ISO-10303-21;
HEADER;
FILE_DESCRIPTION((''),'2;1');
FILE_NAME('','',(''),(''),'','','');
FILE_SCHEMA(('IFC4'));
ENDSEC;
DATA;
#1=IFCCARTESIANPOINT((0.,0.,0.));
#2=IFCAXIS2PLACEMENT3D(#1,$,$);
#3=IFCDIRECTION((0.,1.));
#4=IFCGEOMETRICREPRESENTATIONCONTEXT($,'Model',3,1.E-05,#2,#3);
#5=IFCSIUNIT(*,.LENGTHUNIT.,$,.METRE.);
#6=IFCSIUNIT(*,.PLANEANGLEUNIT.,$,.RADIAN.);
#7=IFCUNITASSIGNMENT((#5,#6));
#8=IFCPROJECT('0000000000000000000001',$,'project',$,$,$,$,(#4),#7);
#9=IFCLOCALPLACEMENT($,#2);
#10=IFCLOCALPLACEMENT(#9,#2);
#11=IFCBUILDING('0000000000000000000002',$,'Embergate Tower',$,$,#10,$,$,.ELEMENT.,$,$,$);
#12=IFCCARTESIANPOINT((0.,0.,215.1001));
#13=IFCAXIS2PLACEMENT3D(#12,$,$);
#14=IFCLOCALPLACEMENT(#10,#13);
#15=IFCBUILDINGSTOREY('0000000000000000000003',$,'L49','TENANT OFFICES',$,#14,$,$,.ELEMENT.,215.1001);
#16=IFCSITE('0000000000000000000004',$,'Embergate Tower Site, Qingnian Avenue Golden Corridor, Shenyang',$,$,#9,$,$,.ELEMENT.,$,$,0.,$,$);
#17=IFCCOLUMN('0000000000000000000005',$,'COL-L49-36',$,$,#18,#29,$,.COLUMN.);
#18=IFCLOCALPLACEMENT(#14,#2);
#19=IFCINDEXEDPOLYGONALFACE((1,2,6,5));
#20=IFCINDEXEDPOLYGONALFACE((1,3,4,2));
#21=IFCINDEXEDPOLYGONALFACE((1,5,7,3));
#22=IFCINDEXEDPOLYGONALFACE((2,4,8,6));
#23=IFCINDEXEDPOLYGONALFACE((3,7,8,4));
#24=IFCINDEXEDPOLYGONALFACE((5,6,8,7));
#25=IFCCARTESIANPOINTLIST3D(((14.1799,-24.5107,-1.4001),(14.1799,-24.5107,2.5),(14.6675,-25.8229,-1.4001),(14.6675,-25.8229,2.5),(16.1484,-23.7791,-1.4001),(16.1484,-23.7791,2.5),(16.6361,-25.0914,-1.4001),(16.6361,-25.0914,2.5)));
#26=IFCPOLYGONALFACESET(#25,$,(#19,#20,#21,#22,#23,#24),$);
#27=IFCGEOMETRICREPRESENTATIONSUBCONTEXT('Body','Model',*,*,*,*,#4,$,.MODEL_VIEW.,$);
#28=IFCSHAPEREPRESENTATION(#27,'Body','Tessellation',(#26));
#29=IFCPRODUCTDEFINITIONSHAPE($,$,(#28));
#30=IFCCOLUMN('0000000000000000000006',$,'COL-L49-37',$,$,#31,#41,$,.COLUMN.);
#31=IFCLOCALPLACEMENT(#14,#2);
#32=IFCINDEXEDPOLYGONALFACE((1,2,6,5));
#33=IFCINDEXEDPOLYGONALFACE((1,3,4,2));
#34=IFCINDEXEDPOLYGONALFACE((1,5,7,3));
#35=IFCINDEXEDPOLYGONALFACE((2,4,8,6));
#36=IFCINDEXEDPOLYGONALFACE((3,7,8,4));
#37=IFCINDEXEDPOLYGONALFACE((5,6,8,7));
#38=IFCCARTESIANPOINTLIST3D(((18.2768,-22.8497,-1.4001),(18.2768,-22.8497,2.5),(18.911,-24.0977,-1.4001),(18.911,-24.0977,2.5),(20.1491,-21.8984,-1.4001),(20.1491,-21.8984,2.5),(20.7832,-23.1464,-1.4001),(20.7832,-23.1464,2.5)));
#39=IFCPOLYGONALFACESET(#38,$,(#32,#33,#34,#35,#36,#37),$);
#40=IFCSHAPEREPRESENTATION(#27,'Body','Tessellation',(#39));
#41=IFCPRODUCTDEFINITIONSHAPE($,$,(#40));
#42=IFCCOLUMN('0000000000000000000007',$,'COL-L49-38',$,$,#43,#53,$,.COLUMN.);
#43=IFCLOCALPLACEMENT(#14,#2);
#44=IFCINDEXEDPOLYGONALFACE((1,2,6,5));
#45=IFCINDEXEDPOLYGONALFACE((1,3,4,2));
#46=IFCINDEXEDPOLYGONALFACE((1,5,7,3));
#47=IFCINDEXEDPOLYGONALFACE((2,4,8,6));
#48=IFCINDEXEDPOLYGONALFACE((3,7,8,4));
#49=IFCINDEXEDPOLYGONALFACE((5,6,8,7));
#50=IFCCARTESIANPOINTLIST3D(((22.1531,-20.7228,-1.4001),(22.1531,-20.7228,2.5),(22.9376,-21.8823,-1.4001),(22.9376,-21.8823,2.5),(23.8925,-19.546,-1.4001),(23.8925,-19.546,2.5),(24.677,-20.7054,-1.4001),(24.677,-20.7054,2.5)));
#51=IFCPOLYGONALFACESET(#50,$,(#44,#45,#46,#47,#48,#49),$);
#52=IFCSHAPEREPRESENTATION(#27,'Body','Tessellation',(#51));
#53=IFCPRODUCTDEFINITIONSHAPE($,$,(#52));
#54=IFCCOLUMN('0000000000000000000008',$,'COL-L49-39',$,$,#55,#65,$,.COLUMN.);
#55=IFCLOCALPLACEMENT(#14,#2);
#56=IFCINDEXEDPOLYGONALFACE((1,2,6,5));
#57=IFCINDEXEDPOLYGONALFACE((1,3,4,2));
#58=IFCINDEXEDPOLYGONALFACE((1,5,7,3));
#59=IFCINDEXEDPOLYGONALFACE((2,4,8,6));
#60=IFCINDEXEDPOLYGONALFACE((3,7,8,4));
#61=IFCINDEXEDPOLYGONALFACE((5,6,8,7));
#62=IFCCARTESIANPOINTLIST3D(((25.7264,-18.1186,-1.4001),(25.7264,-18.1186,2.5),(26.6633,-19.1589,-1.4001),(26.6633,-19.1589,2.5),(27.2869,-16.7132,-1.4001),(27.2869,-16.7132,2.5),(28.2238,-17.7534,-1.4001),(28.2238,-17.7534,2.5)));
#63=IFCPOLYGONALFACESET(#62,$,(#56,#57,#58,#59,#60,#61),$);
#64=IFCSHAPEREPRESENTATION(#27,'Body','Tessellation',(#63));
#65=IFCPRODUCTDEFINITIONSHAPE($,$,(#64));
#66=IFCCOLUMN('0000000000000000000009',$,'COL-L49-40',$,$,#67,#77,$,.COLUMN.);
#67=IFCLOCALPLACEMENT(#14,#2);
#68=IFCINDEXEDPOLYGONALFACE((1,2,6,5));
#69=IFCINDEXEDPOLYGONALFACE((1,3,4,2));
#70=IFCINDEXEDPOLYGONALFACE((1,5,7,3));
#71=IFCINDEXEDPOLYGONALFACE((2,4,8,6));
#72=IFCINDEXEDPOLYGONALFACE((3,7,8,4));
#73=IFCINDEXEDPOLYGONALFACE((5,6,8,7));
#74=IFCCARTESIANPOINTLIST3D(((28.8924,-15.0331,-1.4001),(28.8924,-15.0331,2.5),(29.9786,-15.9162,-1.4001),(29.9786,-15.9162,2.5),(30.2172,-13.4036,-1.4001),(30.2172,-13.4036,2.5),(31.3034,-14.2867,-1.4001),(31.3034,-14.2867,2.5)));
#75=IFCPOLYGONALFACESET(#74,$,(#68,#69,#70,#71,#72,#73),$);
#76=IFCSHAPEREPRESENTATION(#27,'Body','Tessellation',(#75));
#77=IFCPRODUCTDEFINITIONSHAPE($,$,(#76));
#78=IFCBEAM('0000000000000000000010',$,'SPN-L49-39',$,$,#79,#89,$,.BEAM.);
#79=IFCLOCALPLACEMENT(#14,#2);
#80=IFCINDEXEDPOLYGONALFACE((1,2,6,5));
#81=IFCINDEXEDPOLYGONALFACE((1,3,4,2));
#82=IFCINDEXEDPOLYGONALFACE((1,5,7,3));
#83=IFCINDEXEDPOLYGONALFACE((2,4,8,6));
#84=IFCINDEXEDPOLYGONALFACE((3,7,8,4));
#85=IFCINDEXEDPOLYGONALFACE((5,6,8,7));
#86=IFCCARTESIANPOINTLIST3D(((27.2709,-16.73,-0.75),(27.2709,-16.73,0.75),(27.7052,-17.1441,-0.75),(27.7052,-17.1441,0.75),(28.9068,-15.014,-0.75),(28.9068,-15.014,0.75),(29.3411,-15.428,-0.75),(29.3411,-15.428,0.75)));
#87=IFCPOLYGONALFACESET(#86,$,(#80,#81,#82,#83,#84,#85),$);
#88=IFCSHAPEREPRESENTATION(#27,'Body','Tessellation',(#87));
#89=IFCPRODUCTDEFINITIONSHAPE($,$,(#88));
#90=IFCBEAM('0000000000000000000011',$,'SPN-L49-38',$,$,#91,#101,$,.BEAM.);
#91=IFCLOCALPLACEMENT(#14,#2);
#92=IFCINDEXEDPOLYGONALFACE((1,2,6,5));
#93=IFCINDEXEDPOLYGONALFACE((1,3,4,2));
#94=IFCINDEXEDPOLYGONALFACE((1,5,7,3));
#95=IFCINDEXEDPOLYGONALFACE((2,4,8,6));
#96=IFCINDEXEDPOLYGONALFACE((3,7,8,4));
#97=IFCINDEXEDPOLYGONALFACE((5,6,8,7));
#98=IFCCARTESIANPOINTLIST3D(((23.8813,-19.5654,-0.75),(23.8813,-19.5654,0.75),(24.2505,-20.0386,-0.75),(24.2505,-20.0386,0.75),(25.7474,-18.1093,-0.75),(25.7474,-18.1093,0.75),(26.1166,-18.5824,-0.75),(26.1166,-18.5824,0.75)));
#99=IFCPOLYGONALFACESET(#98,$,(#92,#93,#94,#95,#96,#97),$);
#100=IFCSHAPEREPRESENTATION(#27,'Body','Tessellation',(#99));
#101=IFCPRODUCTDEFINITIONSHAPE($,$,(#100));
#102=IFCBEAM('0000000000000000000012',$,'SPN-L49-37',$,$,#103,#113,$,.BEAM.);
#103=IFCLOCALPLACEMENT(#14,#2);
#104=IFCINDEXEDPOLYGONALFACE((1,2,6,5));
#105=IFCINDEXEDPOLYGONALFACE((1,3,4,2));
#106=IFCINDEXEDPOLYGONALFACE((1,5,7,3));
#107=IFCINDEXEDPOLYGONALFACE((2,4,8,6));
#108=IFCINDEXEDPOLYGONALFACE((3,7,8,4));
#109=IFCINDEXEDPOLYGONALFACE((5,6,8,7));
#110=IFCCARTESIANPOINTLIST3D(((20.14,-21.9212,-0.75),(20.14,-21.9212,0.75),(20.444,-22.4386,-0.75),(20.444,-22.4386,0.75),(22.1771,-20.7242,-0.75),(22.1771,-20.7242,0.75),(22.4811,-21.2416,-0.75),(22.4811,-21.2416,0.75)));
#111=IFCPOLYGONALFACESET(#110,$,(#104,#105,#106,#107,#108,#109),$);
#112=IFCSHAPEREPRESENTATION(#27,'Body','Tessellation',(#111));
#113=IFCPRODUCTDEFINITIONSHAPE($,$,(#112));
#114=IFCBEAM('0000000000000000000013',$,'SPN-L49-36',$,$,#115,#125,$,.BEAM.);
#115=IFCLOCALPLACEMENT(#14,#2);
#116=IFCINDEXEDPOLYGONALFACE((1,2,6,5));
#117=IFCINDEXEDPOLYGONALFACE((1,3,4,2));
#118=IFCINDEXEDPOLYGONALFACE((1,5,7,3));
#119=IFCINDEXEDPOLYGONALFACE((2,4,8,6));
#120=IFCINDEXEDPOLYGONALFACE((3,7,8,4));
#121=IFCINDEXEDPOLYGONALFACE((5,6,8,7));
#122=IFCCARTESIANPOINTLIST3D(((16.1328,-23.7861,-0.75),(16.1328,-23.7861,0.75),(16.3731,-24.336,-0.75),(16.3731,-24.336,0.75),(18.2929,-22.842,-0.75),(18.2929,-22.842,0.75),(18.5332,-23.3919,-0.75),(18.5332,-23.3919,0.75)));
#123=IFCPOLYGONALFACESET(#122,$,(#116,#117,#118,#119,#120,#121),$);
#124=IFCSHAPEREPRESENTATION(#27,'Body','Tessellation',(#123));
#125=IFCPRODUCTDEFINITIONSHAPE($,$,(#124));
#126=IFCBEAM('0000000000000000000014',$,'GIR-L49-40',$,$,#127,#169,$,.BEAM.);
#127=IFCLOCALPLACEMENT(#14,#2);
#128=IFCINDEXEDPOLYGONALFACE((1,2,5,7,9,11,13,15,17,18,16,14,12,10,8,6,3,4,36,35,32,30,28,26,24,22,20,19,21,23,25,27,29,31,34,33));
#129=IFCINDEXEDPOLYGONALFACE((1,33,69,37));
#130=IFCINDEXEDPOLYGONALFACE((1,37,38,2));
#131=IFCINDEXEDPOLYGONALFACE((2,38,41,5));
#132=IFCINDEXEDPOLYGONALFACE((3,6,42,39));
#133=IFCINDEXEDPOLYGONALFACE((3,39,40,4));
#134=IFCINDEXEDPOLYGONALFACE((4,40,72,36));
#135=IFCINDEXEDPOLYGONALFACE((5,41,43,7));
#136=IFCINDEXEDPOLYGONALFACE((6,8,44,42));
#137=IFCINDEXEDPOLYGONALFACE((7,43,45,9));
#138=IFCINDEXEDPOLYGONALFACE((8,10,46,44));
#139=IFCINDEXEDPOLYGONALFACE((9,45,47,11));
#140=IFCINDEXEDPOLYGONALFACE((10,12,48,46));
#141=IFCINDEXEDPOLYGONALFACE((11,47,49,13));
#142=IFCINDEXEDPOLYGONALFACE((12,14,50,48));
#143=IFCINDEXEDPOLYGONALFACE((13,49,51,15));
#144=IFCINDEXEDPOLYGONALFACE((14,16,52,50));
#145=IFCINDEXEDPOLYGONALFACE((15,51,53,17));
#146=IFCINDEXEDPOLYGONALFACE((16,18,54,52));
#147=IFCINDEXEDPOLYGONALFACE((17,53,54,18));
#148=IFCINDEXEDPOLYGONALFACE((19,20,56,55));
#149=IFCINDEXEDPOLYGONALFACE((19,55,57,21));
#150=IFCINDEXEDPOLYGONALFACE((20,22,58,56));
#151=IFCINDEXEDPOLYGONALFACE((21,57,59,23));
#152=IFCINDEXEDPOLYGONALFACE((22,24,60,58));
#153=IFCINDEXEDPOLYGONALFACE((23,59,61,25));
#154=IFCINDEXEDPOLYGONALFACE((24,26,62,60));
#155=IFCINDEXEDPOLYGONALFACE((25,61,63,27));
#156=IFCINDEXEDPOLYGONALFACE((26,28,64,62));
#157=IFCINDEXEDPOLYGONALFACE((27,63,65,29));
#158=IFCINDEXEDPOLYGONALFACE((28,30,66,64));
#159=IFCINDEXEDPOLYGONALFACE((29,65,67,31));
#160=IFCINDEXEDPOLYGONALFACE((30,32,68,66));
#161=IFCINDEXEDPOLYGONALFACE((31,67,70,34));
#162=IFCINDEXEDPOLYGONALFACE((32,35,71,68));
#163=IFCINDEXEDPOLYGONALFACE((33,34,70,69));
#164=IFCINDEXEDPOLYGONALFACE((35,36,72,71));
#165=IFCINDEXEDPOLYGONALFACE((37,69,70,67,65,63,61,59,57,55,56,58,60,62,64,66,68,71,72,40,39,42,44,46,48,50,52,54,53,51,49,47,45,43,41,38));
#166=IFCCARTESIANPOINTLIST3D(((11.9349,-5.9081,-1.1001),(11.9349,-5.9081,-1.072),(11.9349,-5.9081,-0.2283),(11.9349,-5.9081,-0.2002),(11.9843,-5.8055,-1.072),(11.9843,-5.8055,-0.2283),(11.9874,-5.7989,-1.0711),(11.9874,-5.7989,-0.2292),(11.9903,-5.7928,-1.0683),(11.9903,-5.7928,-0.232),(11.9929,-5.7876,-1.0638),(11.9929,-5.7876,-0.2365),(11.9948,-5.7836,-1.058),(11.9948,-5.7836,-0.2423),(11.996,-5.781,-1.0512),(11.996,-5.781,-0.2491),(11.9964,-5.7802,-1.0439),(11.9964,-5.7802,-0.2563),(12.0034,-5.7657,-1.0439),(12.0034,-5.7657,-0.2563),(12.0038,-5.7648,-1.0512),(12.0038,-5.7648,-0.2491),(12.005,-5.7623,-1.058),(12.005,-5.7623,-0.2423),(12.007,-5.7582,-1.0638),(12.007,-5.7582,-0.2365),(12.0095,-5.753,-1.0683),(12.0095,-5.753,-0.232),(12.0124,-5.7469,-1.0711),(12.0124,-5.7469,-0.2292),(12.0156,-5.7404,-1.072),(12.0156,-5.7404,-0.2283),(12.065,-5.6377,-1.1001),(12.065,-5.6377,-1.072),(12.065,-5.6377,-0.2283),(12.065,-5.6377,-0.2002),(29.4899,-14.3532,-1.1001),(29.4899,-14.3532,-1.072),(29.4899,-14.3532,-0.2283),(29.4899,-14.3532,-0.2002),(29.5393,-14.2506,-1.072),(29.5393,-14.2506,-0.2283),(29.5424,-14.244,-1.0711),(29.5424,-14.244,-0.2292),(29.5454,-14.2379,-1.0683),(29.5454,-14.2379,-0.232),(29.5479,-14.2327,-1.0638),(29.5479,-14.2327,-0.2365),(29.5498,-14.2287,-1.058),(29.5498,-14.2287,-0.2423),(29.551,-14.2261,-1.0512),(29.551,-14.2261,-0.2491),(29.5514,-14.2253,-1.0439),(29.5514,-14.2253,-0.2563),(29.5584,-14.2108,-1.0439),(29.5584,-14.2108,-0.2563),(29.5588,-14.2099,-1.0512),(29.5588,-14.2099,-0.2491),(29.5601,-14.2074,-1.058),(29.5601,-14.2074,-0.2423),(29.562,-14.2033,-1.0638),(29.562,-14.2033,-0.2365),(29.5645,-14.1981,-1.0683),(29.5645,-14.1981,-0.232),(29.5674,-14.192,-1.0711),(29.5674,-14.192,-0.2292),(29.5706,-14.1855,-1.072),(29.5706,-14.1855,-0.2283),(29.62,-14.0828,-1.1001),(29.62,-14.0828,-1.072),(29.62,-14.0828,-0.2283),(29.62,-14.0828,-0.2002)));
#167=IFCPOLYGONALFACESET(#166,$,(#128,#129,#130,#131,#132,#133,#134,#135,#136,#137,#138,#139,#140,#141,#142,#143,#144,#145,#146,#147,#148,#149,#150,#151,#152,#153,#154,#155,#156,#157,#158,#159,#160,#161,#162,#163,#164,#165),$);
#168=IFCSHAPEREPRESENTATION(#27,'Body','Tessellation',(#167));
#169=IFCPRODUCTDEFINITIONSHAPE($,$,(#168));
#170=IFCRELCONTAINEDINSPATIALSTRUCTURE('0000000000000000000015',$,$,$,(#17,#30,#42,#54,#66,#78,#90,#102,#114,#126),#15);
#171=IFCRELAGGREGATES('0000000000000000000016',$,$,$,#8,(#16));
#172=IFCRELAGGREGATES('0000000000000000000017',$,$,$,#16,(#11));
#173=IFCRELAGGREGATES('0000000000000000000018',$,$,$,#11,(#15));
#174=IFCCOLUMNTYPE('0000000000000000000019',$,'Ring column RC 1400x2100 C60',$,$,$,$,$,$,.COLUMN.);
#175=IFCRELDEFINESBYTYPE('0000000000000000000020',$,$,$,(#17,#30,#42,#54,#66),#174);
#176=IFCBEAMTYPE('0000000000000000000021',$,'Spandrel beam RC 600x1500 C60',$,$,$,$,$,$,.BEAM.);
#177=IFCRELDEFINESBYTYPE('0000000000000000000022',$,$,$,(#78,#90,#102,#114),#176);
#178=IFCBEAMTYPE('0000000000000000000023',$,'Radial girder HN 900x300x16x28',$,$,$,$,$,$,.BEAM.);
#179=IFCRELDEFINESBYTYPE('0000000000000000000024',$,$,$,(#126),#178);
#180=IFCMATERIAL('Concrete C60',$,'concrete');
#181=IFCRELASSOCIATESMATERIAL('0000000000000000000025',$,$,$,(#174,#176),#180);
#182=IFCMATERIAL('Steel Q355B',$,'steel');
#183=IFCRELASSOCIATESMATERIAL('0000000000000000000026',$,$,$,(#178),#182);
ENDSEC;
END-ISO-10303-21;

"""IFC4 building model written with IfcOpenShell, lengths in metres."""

from ifc_helpers import new_model, si_unit, direction, frame, origin, origin_2d, place, context, subcontext, project, spatial, rectangle, i_section, extrude, source, transform, mapped, material, material_profile, profile_set, type_object, element, save


model = new_model("IFC4")

# Units and contexts
model_context = context("Model", 3, precision=1e-05, world=origin(), true_north=direction((0.0, 1.0)))
body_context = subcontext(model_context, "Body", "Model", "MODEL_VIEW")
ifc_project = project(units=[si_unit("LENGTHUNIT", "METRE"), si_unit("PLANEANGLEUNIT", "RADIAN")], contexts=[model_context])

# Site, building, storey
site_placement = place(None, origin())
site = spatial("IfcSite", under=ifc_project, at=site_placement, Name="Embergate Tower Site, Qingnian Avenue Golden Corridor, Shenyang", CompositionType="ELEMENT", RefElevation=0.0)
building_placement = place(site_placement, origin())
building = spatial("IfcBuilding", under=site, at=building_placement, Name="Embergate Tower", CompositionType="ELEMENT")
storey_placement = place(building_placement, frame((0.0, 0.0, 215.1001)))
storey = spatial("IfcBuildingStorey", under=building, at=storey_placement, Name="L49", Description="TENANT OFFICES", CompositionType="ELEMENT", Elevation=215.1001)

# Columns
ifc_material_1 = material(Name="Concrete C60", Category="concrete")
ifc_material_profile_1 = material_profile(ifc_material_1, rectangle(XDim=1.3999, YDim=2.1001, at=origin_2d()), Name="RC 1400x2100")
ifc_profile_set_1 = profile_set([ifc_material_profile_1], Name="Concrete C60")
column_type = type_object("IfcColumnType", Name="Ring column RC 1400x2100 C60", PredefinedType="COLUMN", material=ifc_profile_set_1)
shared_shape_1 = source(origin(), body_context, "Body", "SweptSolid", [
    extrude(rectangle(XDim=1.3999, YDim=2.1001, at=origin_2d()), origin(), (0.0, 0.0, 1.0), 3.9001),
])
for number, where, z_axis, x_axis, name in (
    (1, (15.408, -24.801, -1.4001), (0.0, 0.0, 1.0), (0.348343, -0.937367, 0.0), "COL-L49-36"),
    (2, (19.53, -22.998, -1.4001), (0.0, 0.0, 1.0), (0.453011, -0.891505, 0.0), "COL-L49-37"),
    (3, (23.415, -20.7141, -1.4001), (0.0, 0.0, 1.0), (0.560393, -0.828227, 0.0), "COL-L49-38"),
    (4, (26.9751, -17.936, -1.4001), (0.0, 0.0, 1.0), (0.669221, -0.743063, 0.0), "COL-L49-39"),
    (5, (30.0979, -14.6599, -1.4001), (0.0, 0.0, 1.0), (0.775925, -0.630825, 0.0), "COL-L49-40"),
):
    element("IfcColumn", number, at=place(storey_placement, frame(where, z_axis=z_axis, x_axis=x_axis)), inside=storey, type_object=column_type, Name=name, PredefinedType="COLUMN", context=body_context, shape_type="MappedRepresentation", body=[
        mapped(shared_shape_1, transform((0.0, 0.0, 0.0))),
    ])

# Beams
ifc_material_profile_2 = material_profile(ifc_material_1, rectangle(XDim=0.6001, YDim=1.5, at=origin_2d()), Name="RC 600x1500")
ifc_profile_set_2 = profile_set([ifc_material_profile_2], Name="Concrete C60")
beam_type_1 = type_object("IfcBeamType", Name="Spandrel beam RC 600x1500 C60", PredefinedType="BEAM", material=ifc_profile_set_2)
shared_shape_2 = source(origin(), body_context, "Body", "SweptSolid", [
    extrude(rectangle(XDim=0.6001, YDim=1.5, at=origin_2d()), origin(), (0.0, 0.0, 1.0), 2.3708),
])
beam_1_placement = place(storey_placement, frame((27.488, -16.937, 0.0), z_axis=(0.690018, 0.723793, 0.0), x_axis=(-0.723793, 0.690018, 0.0)))
element("IfcBeam", 6, at=beam_1_placement, inside=storey, type_object=beam_type_1, Name="SPN-L49-39", PredefinedType="BEAM", context=body_context, shape_type="MappedRepresentation", body=[
    mapped(shared_shape_2, transform((0.0, 0.0, 0.0))),
])
shared_shape_3 = source(origin(), body_context, "Body", "SweptSolid", [
    extrude(rectangle(XDim=0.6001, YDim=1.5, at=origin_2d()), origin(), (0.0, 0.0, 1.0), 2.3669),
])
beam_2_placement = place(storey_placement, frame((24.0659, -19.802, 0.0), z_axis=(0.788379, 0.61519, 0.0), x_axis=(-0.61519, 0.788379, 0.0)))
element("IfcBeam", 7, at=beam_2_placement, inside=storey, type_object=beam_type_1, Name="SPN-L49-38", PredefinedType="BEAM", context=body_context, shape_type="MappedRepresentation", body=[
    mapped(shared_shape_3, transform((0.0, 0.0, 0.0))),
])
shared_shape_4 = source(origin(), body_context, "Body", "SweptSolid", [
    extrude(rectangle(XDim=0.6001, YDim=1.5, at=origin_2d()), origin(), (0.0, 0.0, 1.0), 2.3628),
])
beam_3_placement = place(storey_placement, frame((20.292, -22.1799, 0.0), z_axis=(0.862171, 0.506618, 0.0), x_axis=(-0.506618, 0.862171, 0.0)))
element("IfcBeam", 8, at=beam_3_placement, inside=storey, type_object=beam_type_1, Name="SPN-L49-37", PredefinedType="BEAM", context=body_context, shape_type="MappedRepresentation", body=[
    mapped(shared_shape_4, transform((0.0, 0.0, 0.0))),
])
shared_shape_5 = source(origin(), body_context, "Body", "SweptSolid", [
    extrude(rectangle(XDim=0.6001, YDim=1.5, at=origin_2d()), origin(), (0.0, 0.0, 1.0), 2.3574),
])
beam_4_placement = place(storey_placement, frame((16.2529, -24.061, 0.0), z_axis=(0.916309, 0.400471, 0.0), x_axis=(-0.400471, 0.916309, 0.0)))
element("IfcBeam", 9, at=beam_4_placement, inside=storey, type_object=beam_type_1, Name="SPN-L49-36", PredefinedType="BEAM", context=body_context, shape_type="MappedRepresentation", body=[
    mapped(shared_shape_5, transform((0.0, 0.0, 0.0))),
])
ifc_material_2 = material(Name="Steel Q355B", Category="steel")
ifc_material_profile_3 = material_profile(ifc_material_2, i_section(OverallWidth=0.3, OverallDepth=0.8999, WebThickness=0.0161, FlangeThickness=0.0281, FilletRadius=0.0281, at=origin_2d()), Name="HN 900x300x16x28")
ifc_profile_set_3 = profile_set([ifc_material_profile_3], Name="Steel Q355 grade B")
beam_type_2 = type_object("IfcBeamType", Name="Radial girder HN 900x300x16x28", PredefinedType="BEAM", material=ifc_profile_set_3)
shared_shape_6 = source(origin(), body_context, "Body", "SweptSolid", [
    extrude(i_section(OverallWidth=0.3, OverallDepth=0.8999, WebThickness=0.0161, FlangeThickness=0.0281, FilletRadius=0.0281, at=origin_2d()), origin(), (0.0, 0.0, 1.0), 19.4807),
])
beam_5_placement = place(storey_placement, frame((29.5549, -14.218, -0.6501), z_axis=(-0.901148, 0.433511, 0.0), x_axis=(-0.433511, -0.901148, 0.0)))
element("IfcBeam", 10, at=beam_5_placement, inside=storey, type_object=beam_type_2, Name="GIR-L49-40", PredefinedType="BEAM", context=body_context, shape_type="MappedRepresentation", body=[
    mapped(shared_shape_6, transform((0.0, 0.0, 0.0))),
])

save(model, "model.ifc")
